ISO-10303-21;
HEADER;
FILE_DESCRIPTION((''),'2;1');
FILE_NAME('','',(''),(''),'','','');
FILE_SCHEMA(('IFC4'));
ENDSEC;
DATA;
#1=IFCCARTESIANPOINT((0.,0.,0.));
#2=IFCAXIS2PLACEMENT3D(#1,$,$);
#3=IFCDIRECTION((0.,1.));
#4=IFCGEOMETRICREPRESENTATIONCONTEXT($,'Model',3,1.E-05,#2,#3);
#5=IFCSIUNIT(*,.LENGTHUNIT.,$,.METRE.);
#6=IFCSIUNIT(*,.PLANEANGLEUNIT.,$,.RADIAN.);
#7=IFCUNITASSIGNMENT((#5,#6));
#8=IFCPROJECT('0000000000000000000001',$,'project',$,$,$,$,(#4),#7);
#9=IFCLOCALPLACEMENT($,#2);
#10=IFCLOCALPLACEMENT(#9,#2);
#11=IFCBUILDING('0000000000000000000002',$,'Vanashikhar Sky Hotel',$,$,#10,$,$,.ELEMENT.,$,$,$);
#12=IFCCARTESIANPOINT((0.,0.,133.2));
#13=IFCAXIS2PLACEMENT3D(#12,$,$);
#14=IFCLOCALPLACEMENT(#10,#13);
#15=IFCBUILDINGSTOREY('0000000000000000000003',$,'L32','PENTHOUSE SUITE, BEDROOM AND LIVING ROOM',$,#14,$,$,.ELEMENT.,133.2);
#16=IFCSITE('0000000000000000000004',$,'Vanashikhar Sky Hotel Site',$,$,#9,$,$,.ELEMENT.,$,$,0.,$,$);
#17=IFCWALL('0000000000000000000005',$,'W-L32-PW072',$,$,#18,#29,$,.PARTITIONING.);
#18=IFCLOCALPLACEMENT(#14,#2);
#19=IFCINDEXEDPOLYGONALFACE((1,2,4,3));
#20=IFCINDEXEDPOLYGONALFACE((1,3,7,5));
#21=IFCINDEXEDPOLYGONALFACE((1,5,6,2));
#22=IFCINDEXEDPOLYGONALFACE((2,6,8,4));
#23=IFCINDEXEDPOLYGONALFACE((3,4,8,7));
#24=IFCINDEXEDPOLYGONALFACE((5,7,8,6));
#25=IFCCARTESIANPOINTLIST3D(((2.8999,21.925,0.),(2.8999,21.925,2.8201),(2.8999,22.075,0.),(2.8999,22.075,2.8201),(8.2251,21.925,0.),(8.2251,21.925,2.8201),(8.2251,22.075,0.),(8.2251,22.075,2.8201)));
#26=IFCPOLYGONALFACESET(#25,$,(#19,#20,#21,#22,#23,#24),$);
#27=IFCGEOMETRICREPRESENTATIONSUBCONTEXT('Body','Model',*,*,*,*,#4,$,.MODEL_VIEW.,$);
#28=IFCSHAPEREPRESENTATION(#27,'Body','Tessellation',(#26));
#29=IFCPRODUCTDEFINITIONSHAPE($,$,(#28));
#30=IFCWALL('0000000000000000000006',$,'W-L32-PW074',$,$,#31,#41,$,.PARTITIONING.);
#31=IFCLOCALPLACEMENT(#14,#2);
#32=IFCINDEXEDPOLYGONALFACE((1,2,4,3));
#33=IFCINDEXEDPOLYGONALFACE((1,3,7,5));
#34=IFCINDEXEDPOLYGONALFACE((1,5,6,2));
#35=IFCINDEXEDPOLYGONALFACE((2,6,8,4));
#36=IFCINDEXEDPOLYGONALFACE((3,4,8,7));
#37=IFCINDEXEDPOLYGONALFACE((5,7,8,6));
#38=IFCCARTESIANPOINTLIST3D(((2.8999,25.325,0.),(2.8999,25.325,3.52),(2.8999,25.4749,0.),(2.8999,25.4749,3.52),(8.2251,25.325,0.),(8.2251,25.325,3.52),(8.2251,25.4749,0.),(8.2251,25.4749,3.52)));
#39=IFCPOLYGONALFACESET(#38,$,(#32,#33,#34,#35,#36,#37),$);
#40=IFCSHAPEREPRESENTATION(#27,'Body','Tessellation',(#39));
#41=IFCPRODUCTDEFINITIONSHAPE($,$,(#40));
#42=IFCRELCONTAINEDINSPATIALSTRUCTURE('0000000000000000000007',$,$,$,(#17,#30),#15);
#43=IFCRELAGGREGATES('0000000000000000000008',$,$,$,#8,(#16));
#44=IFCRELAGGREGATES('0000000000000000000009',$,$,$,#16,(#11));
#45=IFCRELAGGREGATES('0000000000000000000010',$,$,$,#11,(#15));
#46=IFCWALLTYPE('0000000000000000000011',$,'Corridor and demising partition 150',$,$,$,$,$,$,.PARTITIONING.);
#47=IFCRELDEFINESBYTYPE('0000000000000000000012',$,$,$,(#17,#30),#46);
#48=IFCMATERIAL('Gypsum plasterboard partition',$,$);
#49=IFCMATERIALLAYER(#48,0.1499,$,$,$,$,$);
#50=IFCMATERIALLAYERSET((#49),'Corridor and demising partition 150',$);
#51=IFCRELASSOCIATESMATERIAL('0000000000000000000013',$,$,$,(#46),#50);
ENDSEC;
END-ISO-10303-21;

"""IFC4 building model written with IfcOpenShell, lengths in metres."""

from ifc_helpers import new_model, si_unit, direction, frame, frame_2d, origin, place, context, subcontext, project, spatial, rectangle, extrude, source, transform, mapped, material, layer, layer_set, type_object, element, save


model = new_model("IFC4")

# Units and contexts
model_context = context("Model", 3, precision=1e-05, world=origin(), true_north=direction((0.0, 1.0)))
body_context = subcontext(model_context, "Body", "Model", "MODEL_VIEW")
ifc_project = project(units=[si_unit("LENGTHUNIT", "METRE"), si_unit("PLANEANGLEUNIT", "RADIAN")], contexts=[model_context])

# Site, building, storey
site_placement = place(None, origin())
site = spatial("IfcSite", under=ifc_project, at=site_placement, Name="Vanashikhar Sky Hotel Site", CompositionType="ELEMENT", RefElevation=0.0)
building_placement = place(site_placement, origin())
building = spatial("IfcBuilding", under=site, at=building_placement, Name="Vanashikhar Sky Hotel", CompositionType="ELEMENT")
storey_placement = place(building_placement, frame((0.0, 0.0, 133.2)))
storey = spatial("IfcBuildingStorey", under=building, at=storey_placement, Name="L32", Description="PENTHOUSE SUITE, BEDROOM AND LIVING ROOM", CompositionType="ELEMENT", Elevation=133.2)

# Shared definitions
ifc_material_1 = material(Name="Gypsum plasterboard partition")

# Shared definitions
ifc_layer_1 = layer(ifc_material_1, 0.1499)
ifc_layer_set_1 = layer_set([ifc_layer_1], Name="Corridor and demising partition 150")
wall_type_1 = type_object("IfcWallType", Name="Corridor and demising partition 150", PredefinedType="PARTITIONING", material=ifc_layer_set_1)

# Walls
shared_shape_1 = source(origin(), body_context, "Body", "SweptSolid", [
    extrude(rectangle(XDim=5.3252, YDim=0.1499, at=frame_2d((2.6626, 0.0))), origin(), (0.0, 0.0, 1.0), 2.8201),
])
wall_1_placement = place(storey_placement, frame((2.8999, 22.0, 0.0), z_axis=(0.0, 0.0, 1.0), x_axis=(1.0, 0.0, 0.0)))
element("IfcWall", 1, at=wall_1_placement, inside=storey, type_object=wall_type_1, Name="W-L32-PW072", PredefinedType="PARTITIONING", context=body_context, shape_type="MappedRepresentation", body=[
    mapped(shared_shape_1, transform((0.0, 0.0, 0.0), scale=1.0)),
])
shared_shape_2 = source(origin(), body_context, "Body", "SweptSolid", [
    extrude(rectangle(XDim=5.3252, YDim=0.1499, at=frame_2d((2.6626, 0.0))), origin(), (0.0, 0.0, 1.0), 3.52),
])
wall_2_placement = place(storey_placement, frame((2.8999, 25.3999, 0.0), z_axis=(0.0, 0.0, 1.0), x_axis=(1.0, 0.0, 0.0)))
element("IfcWall", 2, at=wall_2_placement, inside=storey, type_object=wall_type_1, Name="W-L32-PW074", PredefinedType="PARTITIONING", context=body_context, shape_type="MappedRepresentation", body=[
    mapped(shared_shape_2, transform((0.0, 0.0, 0.0), scale=1.0)),
])

save(model, "model.ifc")
